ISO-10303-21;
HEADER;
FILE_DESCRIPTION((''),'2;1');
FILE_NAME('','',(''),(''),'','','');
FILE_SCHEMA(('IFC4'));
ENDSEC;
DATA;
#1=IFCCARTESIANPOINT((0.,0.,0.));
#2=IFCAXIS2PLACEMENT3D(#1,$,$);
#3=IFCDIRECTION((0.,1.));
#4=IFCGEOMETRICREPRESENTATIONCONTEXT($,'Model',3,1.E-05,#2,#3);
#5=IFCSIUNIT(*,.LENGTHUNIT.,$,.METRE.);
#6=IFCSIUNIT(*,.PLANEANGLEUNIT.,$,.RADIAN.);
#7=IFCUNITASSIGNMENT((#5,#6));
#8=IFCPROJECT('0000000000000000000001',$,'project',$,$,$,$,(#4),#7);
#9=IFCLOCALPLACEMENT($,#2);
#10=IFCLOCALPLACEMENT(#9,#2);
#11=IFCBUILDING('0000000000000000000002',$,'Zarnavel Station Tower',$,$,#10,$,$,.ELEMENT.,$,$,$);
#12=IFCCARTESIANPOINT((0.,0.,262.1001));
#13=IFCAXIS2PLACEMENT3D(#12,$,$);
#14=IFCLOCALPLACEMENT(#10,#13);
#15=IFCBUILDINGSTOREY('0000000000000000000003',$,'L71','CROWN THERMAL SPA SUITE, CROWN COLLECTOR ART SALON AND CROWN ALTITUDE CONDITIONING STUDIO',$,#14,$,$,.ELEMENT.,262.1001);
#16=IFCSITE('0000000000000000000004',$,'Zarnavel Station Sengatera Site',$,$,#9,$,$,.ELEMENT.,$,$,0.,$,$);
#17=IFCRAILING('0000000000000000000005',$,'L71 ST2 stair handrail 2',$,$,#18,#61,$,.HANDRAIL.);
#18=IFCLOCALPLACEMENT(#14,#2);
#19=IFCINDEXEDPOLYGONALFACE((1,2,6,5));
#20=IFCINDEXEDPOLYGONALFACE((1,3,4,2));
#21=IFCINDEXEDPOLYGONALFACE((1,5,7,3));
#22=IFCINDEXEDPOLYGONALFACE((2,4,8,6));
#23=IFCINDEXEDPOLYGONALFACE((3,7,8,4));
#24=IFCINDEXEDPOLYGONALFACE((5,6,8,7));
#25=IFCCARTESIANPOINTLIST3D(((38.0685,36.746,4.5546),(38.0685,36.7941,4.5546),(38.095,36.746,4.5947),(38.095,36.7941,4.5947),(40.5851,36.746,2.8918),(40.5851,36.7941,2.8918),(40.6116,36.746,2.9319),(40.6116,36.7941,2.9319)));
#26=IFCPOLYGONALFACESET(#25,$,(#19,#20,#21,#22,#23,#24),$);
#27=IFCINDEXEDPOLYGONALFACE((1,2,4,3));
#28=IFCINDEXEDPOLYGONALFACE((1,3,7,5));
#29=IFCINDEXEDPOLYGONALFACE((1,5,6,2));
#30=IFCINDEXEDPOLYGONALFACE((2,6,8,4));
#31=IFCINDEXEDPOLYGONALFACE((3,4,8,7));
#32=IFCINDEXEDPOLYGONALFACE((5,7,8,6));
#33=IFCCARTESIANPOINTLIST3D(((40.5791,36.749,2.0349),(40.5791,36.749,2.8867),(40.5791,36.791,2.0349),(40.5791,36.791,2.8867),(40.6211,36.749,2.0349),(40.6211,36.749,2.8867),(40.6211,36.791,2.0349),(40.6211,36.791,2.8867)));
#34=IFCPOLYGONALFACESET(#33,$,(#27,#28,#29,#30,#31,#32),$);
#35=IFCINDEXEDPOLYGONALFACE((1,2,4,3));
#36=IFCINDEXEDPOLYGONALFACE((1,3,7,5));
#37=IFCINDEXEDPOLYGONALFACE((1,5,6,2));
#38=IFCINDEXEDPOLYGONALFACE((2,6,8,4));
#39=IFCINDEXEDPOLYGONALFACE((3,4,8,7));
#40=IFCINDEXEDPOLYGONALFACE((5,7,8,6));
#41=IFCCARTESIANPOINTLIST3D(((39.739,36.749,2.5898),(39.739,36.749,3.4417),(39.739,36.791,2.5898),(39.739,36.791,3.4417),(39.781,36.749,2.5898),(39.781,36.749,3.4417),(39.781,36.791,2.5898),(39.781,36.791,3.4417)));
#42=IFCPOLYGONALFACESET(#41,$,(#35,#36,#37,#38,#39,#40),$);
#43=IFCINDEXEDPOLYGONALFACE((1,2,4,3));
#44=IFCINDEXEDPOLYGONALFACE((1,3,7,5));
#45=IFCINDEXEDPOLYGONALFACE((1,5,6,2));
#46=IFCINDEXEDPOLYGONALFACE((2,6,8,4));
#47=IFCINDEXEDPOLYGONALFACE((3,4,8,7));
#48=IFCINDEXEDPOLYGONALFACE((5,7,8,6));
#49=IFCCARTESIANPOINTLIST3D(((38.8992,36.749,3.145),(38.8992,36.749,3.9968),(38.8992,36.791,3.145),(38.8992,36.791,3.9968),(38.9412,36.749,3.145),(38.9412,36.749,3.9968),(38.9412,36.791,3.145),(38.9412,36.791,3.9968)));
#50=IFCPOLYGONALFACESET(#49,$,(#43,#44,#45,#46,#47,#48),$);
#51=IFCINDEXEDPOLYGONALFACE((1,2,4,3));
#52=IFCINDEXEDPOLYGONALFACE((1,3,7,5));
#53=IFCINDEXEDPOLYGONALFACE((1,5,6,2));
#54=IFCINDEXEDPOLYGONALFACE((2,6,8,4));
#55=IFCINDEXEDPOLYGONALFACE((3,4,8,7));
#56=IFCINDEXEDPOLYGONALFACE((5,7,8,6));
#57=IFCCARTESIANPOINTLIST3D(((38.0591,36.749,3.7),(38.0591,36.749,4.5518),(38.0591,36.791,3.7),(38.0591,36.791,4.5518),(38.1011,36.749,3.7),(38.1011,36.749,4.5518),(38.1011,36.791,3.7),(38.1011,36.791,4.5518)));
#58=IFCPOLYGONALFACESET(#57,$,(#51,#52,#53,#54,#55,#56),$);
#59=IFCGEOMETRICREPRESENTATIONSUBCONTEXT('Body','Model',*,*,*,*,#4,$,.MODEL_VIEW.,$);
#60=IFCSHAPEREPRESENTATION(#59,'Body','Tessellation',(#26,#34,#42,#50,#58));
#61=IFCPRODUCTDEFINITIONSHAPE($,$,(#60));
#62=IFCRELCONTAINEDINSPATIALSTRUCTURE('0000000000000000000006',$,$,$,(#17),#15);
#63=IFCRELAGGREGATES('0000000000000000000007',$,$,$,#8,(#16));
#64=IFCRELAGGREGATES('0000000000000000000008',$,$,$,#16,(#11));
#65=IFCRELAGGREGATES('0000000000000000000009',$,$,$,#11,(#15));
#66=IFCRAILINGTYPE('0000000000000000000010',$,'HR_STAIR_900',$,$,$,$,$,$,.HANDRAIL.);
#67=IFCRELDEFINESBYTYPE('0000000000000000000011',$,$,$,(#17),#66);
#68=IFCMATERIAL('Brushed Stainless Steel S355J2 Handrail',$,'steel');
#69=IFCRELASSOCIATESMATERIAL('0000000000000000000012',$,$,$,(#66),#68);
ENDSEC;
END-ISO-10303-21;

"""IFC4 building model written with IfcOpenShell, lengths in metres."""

from ifc_helpers import new_model, si_unit, direction, frame, origin, origin_2d, place, context, subcontext, project, spatial, rectangle, extrude, material, type_object, element, save


model = new_model("IFC4")

# Units and contexts
model_context = context("Model", 3, precision=1e-05, world=origin(), true_north=direction((0.0, 1.0)))
body_context = subcontext(model_context, "Body", "Model", "MODEL_VIEW")
ifc_project = project(units=[si_unit("LENGTHUNIT", "METRE"), si_unit("PLANEANGLEUNIT", "RADIAN")], contexts=[model_context])

# Site, building, storey
site_placement = place(None, origin())
site = spatial("IfcSite", under=ifc_project, at=site_placement, Name="Zarnavel Station Sengatera Site", CompositionType="ELEMENT", RefElevation=0.0)
building_placement = place(site_placement, origin())
building = spatial("IfcBuilding", under=site, at=building_placement, Name="Zarnavel Station Tower", CompositionType="ELEMENT")
storey_placement = place(building_placement, frame((0.0, 0.0, 262.1001)))
storey = spatial("IfcBuildingStorey", under=building, at=storey_placement, Name="L71", Description="CROWN THERMAL SPA SUITE, CROWN COLLECTOR ART SALON AND CROWN ALTITUDE CONDITIONING STUDIO", CompositionType="ELEMENT", Elevation=262.1001)

# Railing
ifc_material_1 = material(Name="Brushed Stainless Steel S355J2 Handrail", Category="steel")
railing_type_1 = type_object("IfcRailingType", Name="HR_STAIR_900", PredefinedType="HANDRAIL", material=ifc_material_1)
railing_1_placement = place(storey_placement, frame((40.6001, 36.77, 2.0349)))
element("IfcRailing", 1, at=railing_1_placement, inside=storey, type_object=railing_type_1, Name="L71 ST2 stair handrail 2", PredefinedType="HANDRAIL", context=body_context, shape_type="SweptSolid", body=[
    extrude(rectangle(XDim=0.0481, YDim=0.0481, at=origin_2d()), frame((-0.0017, 0.0, 0.877), z_axis=(-0.834331, 0.0, 0.551263), x_axis=(0.0, -1.0, 0.0)), (0.0, 0.0, 1.0), 3.0164),
    extrude(rectangle(XDim=0.042, YDim=0.042, at=origin_2d()), origin(), (0.0, 0.0, 1.0), 0.8518),
    extrude(rectangle(XDim=0.042, YDim=0.042, at=origin_2d()), frame((-0.8401, 0.0, 0.5549)), (0.0, 0.0, 1.0), 0.8518),
    extrude(rectangle(XDim=0.042, YDim=0.042, at=origin_2d()), frame((-1.6799, 0.0, 1.1101)), (0.0, 0.0, 1.0), 0.8518),
    extrude(rectangle(XDim=0.042, YDim=0.042, at=origin_2d()), frame((-2.52, 0.0, 1.665)), (0.0, 0.0, 1.0), 0.8518),
])

save(model, "model.ifc")
